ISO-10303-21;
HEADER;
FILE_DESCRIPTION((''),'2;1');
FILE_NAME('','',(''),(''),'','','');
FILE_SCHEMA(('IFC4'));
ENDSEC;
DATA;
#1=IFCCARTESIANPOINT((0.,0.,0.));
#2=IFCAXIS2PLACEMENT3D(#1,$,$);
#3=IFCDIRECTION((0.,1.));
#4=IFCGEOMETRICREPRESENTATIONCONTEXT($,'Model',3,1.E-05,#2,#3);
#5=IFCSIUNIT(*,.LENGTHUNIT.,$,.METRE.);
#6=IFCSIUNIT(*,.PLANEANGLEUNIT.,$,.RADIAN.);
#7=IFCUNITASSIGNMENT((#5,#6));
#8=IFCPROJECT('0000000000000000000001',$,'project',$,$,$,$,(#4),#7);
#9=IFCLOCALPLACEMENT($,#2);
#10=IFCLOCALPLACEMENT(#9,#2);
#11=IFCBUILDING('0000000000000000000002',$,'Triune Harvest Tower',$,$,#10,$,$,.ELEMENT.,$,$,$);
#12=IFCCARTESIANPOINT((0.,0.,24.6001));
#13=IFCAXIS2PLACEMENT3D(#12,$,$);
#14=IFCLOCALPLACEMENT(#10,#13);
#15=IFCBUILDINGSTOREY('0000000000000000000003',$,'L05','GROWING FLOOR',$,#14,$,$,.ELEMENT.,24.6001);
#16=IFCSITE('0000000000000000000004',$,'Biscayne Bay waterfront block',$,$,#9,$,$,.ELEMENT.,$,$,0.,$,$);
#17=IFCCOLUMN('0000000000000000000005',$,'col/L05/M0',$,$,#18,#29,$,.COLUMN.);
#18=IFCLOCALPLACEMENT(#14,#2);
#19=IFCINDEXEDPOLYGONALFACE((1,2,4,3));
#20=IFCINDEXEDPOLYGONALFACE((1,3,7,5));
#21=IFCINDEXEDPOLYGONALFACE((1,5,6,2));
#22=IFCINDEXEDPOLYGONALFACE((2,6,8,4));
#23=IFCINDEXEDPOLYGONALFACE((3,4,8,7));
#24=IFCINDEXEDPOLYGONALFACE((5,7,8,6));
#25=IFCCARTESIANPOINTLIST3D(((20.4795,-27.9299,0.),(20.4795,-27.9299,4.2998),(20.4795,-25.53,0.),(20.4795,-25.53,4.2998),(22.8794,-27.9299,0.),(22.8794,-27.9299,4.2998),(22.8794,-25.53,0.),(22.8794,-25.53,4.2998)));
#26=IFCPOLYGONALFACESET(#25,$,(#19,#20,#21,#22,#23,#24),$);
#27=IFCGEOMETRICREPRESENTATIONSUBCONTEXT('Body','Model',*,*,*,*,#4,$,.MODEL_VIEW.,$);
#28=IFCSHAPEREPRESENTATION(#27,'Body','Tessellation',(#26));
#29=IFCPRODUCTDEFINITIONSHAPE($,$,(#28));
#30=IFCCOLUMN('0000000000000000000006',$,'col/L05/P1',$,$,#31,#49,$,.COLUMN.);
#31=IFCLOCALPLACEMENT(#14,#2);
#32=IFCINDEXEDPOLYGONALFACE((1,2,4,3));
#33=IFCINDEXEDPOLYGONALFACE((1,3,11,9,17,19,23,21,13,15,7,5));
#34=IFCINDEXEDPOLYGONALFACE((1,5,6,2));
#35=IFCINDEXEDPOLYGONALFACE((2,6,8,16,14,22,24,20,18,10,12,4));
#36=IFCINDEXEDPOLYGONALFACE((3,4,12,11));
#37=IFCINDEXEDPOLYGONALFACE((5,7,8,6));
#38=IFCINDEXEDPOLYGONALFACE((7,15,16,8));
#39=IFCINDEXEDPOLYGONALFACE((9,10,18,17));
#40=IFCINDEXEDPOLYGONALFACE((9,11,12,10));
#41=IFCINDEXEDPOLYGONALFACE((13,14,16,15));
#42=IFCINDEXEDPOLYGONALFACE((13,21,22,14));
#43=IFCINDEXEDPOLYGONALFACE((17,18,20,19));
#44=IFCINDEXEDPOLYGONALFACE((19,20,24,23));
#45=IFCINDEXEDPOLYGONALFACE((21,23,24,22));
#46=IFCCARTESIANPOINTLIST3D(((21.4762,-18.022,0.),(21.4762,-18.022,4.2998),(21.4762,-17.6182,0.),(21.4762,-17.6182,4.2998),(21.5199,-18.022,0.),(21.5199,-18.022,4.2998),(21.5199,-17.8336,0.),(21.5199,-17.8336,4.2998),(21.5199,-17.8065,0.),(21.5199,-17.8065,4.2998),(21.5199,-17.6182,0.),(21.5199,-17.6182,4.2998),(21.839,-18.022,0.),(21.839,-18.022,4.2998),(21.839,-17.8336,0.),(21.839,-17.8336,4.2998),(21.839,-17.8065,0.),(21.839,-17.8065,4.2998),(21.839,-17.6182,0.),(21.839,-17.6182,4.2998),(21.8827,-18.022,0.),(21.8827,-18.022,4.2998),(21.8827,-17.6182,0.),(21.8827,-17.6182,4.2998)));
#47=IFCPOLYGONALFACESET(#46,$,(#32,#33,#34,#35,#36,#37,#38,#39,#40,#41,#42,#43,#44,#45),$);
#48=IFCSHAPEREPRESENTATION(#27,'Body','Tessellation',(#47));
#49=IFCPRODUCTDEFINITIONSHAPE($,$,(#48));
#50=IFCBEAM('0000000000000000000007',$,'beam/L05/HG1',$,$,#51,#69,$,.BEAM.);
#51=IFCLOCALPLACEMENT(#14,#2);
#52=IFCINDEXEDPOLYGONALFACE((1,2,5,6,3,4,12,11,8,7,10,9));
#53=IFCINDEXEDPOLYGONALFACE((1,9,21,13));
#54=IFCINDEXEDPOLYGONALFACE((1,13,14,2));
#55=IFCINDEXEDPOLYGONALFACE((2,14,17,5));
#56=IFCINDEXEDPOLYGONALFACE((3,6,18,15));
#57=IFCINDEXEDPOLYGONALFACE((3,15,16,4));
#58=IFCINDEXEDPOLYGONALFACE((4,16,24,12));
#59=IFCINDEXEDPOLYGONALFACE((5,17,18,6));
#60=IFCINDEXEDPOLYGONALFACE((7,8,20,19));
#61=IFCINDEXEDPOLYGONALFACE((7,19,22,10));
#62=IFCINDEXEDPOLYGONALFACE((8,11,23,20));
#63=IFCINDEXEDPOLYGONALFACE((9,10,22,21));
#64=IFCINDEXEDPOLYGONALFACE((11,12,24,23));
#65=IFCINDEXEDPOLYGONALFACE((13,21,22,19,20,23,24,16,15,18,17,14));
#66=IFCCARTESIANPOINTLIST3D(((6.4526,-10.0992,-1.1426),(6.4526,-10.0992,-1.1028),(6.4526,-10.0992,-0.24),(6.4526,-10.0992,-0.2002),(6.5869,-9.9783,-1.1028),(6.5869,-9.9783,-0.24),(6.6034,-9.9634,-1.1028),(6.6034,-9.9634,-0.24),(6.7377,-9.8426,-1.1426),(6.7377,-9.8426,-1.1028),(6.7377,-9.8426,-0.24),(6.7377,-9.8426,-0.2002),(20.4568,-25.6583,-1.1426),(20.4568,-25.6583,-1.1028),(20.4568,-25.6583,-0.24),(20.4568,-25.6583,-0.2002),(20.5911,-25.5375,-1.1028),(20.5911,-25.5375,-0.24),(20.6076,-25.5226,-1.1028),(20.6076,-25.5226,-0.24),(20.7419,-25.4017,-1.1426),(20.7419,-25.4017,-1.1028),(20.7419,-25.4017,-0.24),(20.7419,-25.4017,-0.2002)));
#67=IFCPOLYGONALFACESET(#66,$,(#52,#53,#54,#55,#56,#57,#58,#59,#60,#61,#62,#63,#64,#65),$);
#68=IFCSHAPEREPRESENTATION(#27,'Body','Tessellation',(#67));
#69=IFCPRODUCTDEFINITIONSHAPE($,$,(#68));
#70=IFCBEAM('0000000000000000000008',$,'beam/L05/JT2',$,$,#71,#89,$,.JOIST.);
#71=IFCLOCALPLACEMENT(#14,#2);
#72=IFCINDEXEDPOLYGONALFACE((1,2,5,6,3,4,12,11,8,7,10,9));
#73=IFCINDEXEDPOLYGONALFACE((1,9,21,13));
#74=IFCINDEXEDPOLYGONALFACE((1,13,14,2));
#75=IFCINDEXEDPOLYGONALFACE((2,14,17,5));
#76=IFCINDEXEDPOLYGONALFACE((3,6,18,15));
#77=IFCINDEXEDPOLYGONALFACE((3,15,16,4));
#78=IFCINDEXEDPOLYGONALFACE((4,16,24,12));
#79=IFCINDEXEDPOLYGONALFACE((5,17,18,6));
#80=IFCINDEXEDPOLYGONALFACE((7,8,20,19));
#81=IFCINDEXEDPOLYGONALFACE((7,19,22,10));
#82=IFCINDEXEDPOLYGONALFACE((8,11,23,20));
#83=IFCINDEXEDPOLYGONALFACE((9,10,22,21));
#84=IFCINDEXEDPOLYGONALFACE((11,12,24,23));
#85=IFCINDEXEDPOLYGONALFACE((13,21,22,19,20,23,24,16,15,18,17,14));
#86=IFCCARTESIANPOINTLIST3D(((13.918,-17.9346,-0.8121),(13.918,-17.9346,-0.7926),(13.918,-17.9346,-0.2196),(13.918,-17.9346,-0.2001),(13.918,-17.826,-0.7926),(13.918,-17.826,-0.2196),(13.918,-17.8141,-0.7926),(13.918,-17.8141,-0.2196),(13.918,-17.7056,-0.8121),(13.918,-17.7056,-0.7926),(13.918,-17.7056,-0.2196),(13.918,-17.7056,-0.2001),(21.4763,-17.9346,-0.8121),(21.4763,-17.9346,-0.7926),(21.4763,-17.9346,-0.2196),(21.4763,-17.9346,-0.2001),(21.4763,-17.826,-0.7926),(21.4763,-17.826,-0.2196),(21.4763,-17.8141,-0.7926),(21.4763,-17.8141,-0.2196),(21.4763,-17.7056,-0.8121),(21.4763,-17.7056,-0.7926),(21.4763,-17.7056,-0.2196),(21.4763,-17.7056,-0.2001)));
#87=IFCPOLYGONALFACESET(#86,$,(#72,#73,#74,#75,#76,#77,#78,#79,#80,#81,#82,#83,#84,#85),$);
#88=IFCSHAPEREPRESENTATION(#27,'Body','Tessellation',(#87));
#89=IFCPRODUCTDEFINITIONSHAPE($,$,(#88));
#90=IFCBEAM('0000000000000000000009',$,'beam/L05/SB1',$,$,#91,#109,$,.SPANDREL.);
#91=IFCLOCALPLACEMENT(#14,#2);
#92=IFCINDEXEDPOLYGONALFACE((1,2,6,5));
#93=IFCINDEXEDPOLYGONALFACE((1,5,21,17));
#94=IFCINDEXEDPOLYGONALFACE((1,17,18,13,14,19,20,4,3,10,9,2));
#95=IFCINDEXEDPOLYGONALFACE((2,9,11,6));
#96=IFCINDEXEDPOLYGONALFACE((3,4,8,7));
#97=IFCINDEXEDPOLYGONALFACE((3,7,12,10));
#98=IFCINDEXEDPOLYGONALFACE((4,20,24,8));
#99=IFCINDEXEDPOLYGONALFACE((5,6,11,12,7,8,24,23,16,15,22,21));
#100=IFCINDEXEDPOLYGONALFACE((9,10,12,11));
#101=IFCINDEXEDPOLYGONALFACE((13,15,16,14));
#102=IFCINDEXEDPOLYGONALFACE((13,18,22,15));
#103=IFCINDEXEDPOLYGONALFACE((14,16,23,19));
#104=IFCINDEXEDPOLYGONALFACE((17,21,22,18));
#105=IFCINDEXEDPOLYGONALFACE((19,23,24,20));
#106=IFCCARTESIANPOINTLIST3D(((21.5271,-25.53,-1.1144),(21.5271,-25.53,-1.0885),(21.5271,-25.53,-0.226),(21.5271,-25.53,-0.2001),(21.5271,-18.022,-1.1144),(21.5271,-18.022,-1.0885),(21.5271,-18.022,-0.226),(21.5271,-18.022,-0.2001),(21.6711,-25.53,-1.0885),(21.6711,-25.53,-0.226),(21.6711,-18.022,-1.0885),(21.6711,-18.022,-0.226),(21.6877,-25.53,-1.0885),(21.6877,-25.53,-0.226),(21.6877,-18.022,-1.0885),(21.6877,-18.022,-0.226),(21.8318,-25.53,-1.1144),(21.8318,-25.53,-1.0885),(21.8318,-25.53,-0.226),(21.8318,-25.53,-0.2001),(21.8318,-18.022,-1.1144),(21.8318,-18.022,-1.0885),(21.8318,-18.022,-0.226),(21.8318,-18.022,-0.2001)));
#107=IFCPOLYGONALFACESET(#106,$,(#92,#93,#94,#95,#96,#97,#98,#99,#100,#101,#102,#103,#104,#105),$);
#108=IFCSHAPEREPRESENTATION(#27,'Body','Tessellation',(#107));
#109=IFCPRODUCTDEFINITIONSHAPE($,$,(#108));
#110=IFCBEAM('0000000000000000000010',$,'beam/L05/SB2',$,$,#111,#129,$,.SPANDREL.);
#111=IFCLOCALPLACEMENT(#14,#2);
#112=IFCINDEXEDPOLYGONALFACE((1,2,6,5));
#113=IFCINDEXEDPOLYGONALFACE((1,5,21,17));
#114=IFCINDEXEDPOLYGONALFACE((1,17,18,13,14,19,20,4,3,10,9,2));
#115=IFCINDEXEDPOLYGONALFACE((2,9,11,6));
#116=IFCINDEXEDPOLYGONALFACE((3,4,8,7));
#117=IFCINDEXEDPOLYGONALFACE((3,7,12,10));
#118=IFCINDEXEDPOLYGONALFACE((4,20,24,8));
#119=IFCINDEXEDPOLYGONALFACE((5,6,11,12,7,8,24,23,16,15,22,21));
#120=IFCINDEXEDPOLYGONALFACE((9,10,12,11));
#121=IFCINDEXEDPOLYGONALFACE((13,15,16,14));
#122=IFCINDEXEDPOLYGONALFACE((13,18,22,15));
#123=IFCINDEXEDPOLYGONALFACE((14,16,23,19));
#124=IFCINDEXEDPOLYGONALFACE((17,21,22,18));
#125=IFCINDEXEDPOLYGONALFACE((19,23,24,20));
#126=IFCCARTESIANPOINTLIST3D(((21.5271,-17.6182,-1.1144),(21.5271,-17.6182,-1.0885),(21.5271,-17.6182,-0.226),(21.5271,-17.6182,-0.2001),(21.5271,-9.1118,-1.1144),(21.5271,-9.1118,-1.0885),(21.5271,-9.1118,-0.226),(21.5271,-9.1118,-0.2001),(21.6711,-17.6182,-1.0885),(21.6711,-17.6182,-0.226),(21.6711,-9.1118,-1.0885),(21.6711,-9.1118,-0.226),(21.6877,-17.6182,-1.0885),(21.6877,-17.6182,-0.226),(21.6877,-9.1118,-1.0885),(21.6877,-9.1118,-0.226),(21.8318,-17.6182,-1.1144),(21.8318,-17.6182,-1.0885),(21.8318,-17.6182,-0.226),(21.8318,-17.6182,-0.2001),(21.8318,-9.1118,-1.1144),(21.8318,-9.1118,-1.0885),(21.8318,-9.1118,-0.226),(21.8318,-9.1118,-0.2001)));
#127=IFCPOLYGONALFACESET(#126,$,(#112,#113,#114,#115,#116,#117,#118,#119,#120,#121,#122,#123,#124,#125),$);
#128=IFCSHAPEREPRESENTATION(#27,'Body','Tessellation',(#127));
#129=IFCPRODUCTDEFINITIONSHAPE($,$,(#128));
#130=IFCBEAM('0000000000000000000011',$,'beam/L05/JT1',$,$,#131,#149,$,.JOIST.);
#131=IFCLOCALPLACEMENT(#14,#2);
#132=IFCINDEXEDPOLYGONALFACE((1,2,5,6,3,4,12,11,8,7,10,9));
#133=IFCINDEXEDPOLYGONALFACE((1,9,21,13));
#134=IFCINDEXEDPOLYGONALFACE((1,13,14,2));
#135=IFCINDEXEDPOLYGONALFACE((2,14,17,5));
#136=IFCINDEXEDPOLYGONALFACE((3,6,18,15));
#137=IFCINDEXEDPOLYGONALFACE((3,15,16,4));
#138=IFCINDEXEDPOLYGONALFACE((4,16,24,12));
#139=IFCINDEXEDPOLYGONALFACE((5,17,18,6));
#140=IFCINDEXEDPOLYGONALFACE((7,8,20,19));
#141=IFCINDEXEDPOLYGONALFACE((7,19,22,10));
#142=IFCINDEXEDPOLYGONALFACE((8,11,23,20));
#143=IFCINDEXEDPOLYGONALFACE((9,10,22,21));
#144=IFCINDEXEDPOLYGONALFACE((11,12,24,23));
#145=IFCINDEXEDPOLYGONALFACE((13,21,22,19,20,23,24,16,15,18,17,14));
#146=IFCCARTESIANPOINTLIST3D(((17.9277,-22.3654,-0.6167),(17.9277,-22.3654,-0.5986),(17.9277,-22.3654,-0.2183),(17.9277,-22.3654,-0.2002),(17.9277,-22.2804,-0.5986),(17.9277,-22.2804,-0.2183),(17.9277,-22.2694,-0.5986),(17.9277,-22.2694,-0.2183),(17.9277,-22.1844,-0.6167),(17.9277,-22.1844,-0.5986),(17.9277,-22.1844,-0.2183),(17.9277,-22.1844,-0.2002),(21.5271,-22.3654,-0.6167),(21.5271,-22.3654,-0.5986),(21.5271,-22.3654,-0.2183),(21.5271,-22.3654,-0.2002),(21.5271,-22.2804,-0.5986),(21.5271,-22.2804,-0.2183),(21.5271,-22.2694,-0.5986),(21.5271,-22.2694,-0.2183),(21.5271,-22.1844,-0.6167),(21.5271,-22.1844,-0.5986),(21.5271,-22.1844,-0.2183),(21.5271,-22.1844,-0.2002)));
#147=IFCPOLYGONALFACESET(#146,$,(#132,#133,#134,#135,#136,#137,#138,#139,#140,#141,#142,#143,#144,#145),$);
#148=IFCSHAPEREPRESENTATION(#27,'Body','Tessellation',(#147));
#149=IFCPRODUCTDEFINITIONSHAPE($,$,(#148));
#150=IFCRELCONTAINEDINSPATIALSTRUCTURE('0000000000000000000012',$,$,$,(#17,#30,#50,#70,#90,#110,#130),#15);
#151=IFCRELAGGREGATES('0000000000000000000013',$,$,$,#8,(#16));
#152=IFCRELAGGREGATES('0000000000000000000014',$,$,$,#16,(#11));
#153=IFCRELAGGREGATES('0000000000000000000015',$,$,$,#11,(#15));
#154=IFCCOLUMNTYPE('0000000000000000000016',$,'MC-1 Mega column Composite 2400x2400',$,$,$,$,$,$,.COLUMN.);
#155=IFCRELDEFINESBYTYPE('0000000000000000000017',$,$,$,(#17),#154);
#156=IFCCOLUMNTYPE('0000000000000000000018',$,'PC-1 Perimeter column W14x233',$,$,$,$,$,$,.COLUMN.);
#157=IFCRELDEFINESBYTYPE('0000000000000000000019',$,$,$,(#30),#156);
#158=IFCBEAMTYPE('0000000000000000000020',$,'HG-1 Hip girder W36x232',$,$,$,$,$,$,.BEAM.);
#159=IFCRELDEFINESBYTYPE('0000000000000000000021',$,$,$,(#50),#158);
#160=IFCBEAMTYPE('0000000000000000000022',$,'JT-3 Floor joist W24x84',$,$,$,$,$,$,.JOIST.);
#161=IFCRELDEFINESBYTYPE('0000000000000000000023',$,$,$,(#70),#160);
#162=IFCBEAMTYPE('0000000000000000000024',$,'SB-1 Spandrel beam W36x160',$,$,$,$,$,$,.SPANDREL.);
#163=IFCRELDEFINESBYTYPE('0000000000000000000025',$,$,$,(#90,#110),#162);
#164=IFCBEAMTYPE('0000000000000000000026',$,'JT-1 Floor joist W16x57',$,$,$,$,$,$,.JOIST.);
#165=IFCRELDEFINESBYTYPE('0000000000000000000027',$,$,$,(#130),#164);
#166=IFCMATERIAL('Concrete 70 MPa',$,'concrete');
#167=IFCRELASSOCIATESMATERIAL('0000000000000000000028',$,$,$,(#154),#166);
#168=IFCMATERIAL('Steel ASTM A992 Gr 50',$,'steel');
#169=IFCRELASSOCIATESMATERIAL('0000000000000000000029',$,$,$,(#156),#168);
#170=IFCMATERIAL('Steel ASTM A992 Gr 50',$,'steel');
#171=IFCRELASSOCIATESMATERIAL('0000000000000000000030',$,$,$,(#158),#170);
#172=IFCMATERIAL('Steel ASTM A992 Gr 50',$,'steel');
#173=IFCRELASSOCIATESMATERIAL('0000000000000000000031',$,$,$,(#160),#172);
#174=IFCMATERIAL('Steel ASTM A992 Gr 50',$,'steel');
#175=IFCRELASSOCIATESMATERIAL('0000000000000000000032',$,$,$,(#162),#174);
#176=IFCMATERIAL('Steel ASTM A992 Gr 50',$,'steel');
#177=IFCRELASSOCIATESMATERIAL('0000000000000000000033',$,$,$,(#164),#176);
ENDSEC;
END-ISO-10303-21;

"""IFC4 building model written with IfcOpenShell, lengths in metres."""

from ifc_helpers import new_model, si_unit, direction, frame, origin, origin_2d, place, context, subcontext, project, spatial, rectangle, i_section, extrude, source, transform, mapped, material, material_profile, profile_set, type_object, element, save


model = new_model("IFC4")

# Units and contexts
model_context = context("Model", 3, precision=1e-05, world=origin(), true_north=direction((0.0, 1.0)))
body_context = subcontext(model_context, "Body", "Model", "MODEL_VIEW")
ifc_project = project(units=[si_unit("LENGTHUNIT", "METRE"), si_unit("PLANEANGLEUNIT", "RADIAN")], contexts=[model_context])

# Site, building, storey
site_placement = place(None, origin())
site = spatial("IfcSite", under=ifc_project, at=site_placement, Name="Biscayne Bay waterfront block", CompositionType="ELEMENT", RefElevation=0.0)
building_placement = place(site_placement, origin())
building = spatial("IfcBuilding", under=site, at=building_placement, Name="Triune Harvest Tower", CompositionType="ELEMENT")
storey_placement = place(building_placement, frame((0.0, 0.0, 24.6001)))
storey = spatial("IfcBuildingStorey", under=building, at=storey_placement, Name="L05", Description="GROWING FLOOR", CompositionType="ELEMENT", Elevation=24.6001)

# Columns
ifc_material_1 = material(Name="Concrete 70 MPa", Category="concrete")
ifc_material_profile_1 = material_profile(ifc_material_1, rectangle(XDim=2.3999, YDim=2.3999, at=origin_2d()), Name="Composite 2400x2400")
ifc_profile_set_1 = profile_set([ifc_material_profile_1], Name="Concrete 70 MPa")
column_type_1 = type_object("IfcColumnType", Name="MC-1 Mega column Composite 2400x2400", PredefinedType="COLUMN", material=ifc_profile_set_1)
shared_shape_1 = source(origin(), body_context, "Body", "SweptSolid", [
    extrude(rectangle(XDim=2.3999, YDim=2.3999, at=origin_2d()), origin(), (0.0, 0.0, 1.0), 4.2998),
])
column_1_placement = place(storey_placement, frame((21.6794, -26.73, 0.0), z_axis=(0.0, 0.0, 1.0), x_axis=(0.0, 1.0, 0.0)))
element("IfcColumn", 1, at=column_1_placement, inside=storey, type_object=column_type_1, Name="col/L05/M0", PredefinedType="COLUMN", context=body_context, shape_type="MappedRepresentation", body=[
    mapped(shared_shape_1, transform((0.0, 0.0, 0.0), scale=1.0)),
])
ifc_material_2 = material(Name="Steel ASTM A992 Gr 50", Category="steel")
ifc_material_profile_2 = material_profile(ifc_material_2, i_section(OverallWidth=0.4038, OverallDepth=0.4065, WebThickness=0.0271, FlangeThickness=0.0437, at=origin_2d()), Name="W14x233")
ifc_profile_set_2 = profile_set([ifc_material_profile_2], Name="Steel ASTM A992 Gr 50")
column_type_2 = type_object("IfcColumnType", Name="PC-1 Perimeter column W14x233", PredefinedType="COLUMN", material=ifc_profile_set_2)
shared_shape_2 = source(origin(), body_context, "Body", "SweptSolid", [
    extrude(i_section(OverallWidth=0.4038, OverallDepth=0.4065, WebThickness=0.0271, FlangeThickness=0.0437, at=origin_2d()), origin(), (0.0, 0.0, 1.0), 4.2998),
])
column_2_placement = place(storey_placement, frame((21.6794, -17.8201, 0.0), z_axis=(0.0, 0.0, 1.0), x_axis=(0.0, 1.0, 0.0)))
element("IfcColumn", 2, at=column_2_placement, inside=storey, type_object=column_type_2, Name="col/L05/P1", PredefinedType="COLUMN", context=body_context, shape_type="MappedRepresentation", body=[
    mapped(shared_shape_2, transform((0.0, 0.0, 0.0), scale=1.0)),
])

# Beams
ifc_material_3 = material(Name="Steel ASTM A992 Gr 50", Category="steel")
ifc_material_profile_3 = material_profile(ifc_material_3, i_section(OverallWidth=0.3835, OverallDepth=0.9424, WebThickness=0.0222, FlangeThickness=0.0398, at=origin_2d()), Name="W36x232")
ifc_profile_set_3 = profile_set([ifc_material_profile_3], Name="Steel ASTM A992 Gr 50")
beam_type_1 = type_object("IfcBeamType", Name="HG-1 Hip girder W36x232", PredefinedType="BEAM", material=ifc_profile_set_3)
shared_shape_3 = source(origin(), body_context, "Body", "SweptSolid", [
    extrude(i_section(OverallWidth=0.3835, OverallDepth=0.9424, WebThickness=0.0222, FlangeThickness=0.0398, at=origin_2d()), origin(), (0.0, 0.0, 1.0), 20.9333),
])
beam_1_placement = place(storey_placement, frame((20.5994, -25.53, -0.6714), z_axis=(-0.668991, 0.743271, 0.0), x_axis=(-0.743271, -0.668991, 0.0)))
element("IfcBeam", 3, at=beam_1_placement, inside=storey, type_object=beam_type_1, Name="beam/L05/HG1", PredefinedType="BEAM", context=body_context, shape_type="MappedRepresentation", body=[
    mapped(shared_shape_3, transform((0.0, 0.0, 0.0), scale=1.0)),
])
ifc_material_4 = material(Name="Steel ASTM A992 Gr 50", Category="steel")
ifc_material_profile_4 = material_profile(ifc_material_4, i_section(OverallWidth=0.229, OverallDepth=0.6121, WebThickness=0.012, FlangeThickness=0.0195, at=origin_2d()), Name="W24x84")
ifc_profile_set_4 = profile_set([ifc_material_profile_4], Name="Steel ASTM A992 Gr 50")
beam_type_2 = type_object("IfcBeamType", Name="JT-3 Floor joist W24x84", PredefinedType="JOIST", material=ifc_profile_set_4)
shared_shape_4 = source(origin(), body_context, "Body", "SweptSolid", [
    extrude(i_section(OverallWidth=0.229, OverallDepth=0.6121, WebThickness=0.012, FlangeThickness=0.0195, at=origin_2d()), origin(), (0.0, 0.0, 1.0), 7.5583),
])
beam_2_placement = place(storey_placement, frame((21.4763, -17.8201, -0.5061), z_axis=(-1.0, 0.0, 0.0), x_axis=(0.0, -1.0, 0.0)))
element("IfcBeam", 4, at=beam_2_placement, inside=storey, type_object=beam_type_2, Name="beam/L05/JT2", PredefinedType="JOIST", context=body_context, shape_type="MappedRepresentation", body=[
    mapped(shared_shape_4, transform((0.0, 0.0, 0.0), scale=1.0)),
])
ifc_material_5 = material(Name="Steel ASTM A992 Gr 50", Category="steel")
ifc_material_profile_5 = material_profile(ifc_material_5, i_section(OverallWidth=0.3047, OverallDepth=0.9143, WebThickness=0.0166, FlangeThickness=0.0259, at=origin_2d()), Name="W36x160")
ifc_profile_set_5 = profile_set([ifc_material_profile_5], Name="Steel ASTM A992 Gr 50")
beam_type_3 = type_object("IfcBeamType", Name="SB-1 Spandrel beam W36x160", PredefinedType="SPANDREL", material=ifc_profile_set_5)
shared_shape_5 = source(origin(), body_context, "Body", "SweptSolid", [
    extrude(i_section(OverallWidth=0.3047, OverallDepth=0.9143, WebThickness=0.0166, FlangeThickness=0.0259, at=origin_2d()), origin(), (0.0, 0.0, 1.0), 7.5081),
])
beam_3_placement = place(storey_placement, frame((21.6794, -25.53, -0.6572), z_axis=(0.0, 1.0, 0.0), x_axis=(-1.0, 0.0, 0.0)))
element("IfcBeam", 5, at=beam_3_placement, inside=storey, type_object=beam_type_3, Name="beam/L05/SB1", PredefinedType="SPANDREL", context=body_context, shape_type="MappedRepresentation", body=[
    mapped(shared_shape_5, transform((0.0, 0.0, 0.0), scale=1.0)),
])
shared_shape_6 = source(origin(), body_context, "Body", "SweptSolid", [
    extrude(i_section(OverallWidth=0.3047, OverallDepth=0.9143, WebThickness=0.0166, FlangeThickness=0.0259, at=origin_2d()), origin(), (0.0, 0.0, 1.0), 8.5063),
])
beam_4_placement = place(storey_placement, frame((21.6794, -17.6182, -0.6572), z_axis=(0.0, 1.0, 0.0), x_axis=(-1.0, 0.0, 0.0)))
element("IfcBeam", 6, at=beam_4_placement, inside=storey, type_object=beam_type_3, Name="beam/L05/SB2", PredefinedType="SPANDREL", context=body_context, shape_type="MappedRepresentation", body=[
    mapped(shared_shape_6, transform((0.0, 0.0, 0.0), scale=1.0)),
])
ifc_material_6 = material(Name="Steel ASTM A992 Gr 50", Category="steel")
ifc_material_profile_6 = material_profile(ifc_material_6, i_section(OverallWidth=0.1809, OverallDepth=0.4165, WebThickness=0.011, FlangeThickness=0.0181, at=origin_2d()), Name="W16x57")
ifc_profile_set_6 = profile_set([ifc_material_profile_6], Name="Steel ASTM A992 Gr 50")
beam_type_4 = type_object("IfcBeamType", Name="JT-1 Floor joist W16x57", PredefinedType="JOIST", material=ifc_profile_set_6)
shared_shape_7 = source(origin(), body_context, "Body", "SweptSolid", [
    extrude(i_section(OverallWidth=0.1809, OverallDepth=0.4165, WebThickness=0.011, FlangeThickness=0.0181, at=origin_2d()), origin(), (0.0, 0.0, 1.0), 3.5994),
])
beam_5_placement = place(storey_placement, frame((21.5271, -22.2749, -0.4084), z_axis=(-1.0, 0.0, 0.0), x_axis=(0.0, -1.0, 0.0)))
element("IfcBeam", 7, at=beam_5_placement, inside=storey, type_object=beam_type_4, Name="beam/L05/JT1", PredefinedType="JOIST", context=body_context, shape_type="MappedRepresentation", body=[
    mapped(shared_shape_7, transform((0.0, 0.0, 0.0), scale=1.0)),
])

save(model, "model.ifc")
